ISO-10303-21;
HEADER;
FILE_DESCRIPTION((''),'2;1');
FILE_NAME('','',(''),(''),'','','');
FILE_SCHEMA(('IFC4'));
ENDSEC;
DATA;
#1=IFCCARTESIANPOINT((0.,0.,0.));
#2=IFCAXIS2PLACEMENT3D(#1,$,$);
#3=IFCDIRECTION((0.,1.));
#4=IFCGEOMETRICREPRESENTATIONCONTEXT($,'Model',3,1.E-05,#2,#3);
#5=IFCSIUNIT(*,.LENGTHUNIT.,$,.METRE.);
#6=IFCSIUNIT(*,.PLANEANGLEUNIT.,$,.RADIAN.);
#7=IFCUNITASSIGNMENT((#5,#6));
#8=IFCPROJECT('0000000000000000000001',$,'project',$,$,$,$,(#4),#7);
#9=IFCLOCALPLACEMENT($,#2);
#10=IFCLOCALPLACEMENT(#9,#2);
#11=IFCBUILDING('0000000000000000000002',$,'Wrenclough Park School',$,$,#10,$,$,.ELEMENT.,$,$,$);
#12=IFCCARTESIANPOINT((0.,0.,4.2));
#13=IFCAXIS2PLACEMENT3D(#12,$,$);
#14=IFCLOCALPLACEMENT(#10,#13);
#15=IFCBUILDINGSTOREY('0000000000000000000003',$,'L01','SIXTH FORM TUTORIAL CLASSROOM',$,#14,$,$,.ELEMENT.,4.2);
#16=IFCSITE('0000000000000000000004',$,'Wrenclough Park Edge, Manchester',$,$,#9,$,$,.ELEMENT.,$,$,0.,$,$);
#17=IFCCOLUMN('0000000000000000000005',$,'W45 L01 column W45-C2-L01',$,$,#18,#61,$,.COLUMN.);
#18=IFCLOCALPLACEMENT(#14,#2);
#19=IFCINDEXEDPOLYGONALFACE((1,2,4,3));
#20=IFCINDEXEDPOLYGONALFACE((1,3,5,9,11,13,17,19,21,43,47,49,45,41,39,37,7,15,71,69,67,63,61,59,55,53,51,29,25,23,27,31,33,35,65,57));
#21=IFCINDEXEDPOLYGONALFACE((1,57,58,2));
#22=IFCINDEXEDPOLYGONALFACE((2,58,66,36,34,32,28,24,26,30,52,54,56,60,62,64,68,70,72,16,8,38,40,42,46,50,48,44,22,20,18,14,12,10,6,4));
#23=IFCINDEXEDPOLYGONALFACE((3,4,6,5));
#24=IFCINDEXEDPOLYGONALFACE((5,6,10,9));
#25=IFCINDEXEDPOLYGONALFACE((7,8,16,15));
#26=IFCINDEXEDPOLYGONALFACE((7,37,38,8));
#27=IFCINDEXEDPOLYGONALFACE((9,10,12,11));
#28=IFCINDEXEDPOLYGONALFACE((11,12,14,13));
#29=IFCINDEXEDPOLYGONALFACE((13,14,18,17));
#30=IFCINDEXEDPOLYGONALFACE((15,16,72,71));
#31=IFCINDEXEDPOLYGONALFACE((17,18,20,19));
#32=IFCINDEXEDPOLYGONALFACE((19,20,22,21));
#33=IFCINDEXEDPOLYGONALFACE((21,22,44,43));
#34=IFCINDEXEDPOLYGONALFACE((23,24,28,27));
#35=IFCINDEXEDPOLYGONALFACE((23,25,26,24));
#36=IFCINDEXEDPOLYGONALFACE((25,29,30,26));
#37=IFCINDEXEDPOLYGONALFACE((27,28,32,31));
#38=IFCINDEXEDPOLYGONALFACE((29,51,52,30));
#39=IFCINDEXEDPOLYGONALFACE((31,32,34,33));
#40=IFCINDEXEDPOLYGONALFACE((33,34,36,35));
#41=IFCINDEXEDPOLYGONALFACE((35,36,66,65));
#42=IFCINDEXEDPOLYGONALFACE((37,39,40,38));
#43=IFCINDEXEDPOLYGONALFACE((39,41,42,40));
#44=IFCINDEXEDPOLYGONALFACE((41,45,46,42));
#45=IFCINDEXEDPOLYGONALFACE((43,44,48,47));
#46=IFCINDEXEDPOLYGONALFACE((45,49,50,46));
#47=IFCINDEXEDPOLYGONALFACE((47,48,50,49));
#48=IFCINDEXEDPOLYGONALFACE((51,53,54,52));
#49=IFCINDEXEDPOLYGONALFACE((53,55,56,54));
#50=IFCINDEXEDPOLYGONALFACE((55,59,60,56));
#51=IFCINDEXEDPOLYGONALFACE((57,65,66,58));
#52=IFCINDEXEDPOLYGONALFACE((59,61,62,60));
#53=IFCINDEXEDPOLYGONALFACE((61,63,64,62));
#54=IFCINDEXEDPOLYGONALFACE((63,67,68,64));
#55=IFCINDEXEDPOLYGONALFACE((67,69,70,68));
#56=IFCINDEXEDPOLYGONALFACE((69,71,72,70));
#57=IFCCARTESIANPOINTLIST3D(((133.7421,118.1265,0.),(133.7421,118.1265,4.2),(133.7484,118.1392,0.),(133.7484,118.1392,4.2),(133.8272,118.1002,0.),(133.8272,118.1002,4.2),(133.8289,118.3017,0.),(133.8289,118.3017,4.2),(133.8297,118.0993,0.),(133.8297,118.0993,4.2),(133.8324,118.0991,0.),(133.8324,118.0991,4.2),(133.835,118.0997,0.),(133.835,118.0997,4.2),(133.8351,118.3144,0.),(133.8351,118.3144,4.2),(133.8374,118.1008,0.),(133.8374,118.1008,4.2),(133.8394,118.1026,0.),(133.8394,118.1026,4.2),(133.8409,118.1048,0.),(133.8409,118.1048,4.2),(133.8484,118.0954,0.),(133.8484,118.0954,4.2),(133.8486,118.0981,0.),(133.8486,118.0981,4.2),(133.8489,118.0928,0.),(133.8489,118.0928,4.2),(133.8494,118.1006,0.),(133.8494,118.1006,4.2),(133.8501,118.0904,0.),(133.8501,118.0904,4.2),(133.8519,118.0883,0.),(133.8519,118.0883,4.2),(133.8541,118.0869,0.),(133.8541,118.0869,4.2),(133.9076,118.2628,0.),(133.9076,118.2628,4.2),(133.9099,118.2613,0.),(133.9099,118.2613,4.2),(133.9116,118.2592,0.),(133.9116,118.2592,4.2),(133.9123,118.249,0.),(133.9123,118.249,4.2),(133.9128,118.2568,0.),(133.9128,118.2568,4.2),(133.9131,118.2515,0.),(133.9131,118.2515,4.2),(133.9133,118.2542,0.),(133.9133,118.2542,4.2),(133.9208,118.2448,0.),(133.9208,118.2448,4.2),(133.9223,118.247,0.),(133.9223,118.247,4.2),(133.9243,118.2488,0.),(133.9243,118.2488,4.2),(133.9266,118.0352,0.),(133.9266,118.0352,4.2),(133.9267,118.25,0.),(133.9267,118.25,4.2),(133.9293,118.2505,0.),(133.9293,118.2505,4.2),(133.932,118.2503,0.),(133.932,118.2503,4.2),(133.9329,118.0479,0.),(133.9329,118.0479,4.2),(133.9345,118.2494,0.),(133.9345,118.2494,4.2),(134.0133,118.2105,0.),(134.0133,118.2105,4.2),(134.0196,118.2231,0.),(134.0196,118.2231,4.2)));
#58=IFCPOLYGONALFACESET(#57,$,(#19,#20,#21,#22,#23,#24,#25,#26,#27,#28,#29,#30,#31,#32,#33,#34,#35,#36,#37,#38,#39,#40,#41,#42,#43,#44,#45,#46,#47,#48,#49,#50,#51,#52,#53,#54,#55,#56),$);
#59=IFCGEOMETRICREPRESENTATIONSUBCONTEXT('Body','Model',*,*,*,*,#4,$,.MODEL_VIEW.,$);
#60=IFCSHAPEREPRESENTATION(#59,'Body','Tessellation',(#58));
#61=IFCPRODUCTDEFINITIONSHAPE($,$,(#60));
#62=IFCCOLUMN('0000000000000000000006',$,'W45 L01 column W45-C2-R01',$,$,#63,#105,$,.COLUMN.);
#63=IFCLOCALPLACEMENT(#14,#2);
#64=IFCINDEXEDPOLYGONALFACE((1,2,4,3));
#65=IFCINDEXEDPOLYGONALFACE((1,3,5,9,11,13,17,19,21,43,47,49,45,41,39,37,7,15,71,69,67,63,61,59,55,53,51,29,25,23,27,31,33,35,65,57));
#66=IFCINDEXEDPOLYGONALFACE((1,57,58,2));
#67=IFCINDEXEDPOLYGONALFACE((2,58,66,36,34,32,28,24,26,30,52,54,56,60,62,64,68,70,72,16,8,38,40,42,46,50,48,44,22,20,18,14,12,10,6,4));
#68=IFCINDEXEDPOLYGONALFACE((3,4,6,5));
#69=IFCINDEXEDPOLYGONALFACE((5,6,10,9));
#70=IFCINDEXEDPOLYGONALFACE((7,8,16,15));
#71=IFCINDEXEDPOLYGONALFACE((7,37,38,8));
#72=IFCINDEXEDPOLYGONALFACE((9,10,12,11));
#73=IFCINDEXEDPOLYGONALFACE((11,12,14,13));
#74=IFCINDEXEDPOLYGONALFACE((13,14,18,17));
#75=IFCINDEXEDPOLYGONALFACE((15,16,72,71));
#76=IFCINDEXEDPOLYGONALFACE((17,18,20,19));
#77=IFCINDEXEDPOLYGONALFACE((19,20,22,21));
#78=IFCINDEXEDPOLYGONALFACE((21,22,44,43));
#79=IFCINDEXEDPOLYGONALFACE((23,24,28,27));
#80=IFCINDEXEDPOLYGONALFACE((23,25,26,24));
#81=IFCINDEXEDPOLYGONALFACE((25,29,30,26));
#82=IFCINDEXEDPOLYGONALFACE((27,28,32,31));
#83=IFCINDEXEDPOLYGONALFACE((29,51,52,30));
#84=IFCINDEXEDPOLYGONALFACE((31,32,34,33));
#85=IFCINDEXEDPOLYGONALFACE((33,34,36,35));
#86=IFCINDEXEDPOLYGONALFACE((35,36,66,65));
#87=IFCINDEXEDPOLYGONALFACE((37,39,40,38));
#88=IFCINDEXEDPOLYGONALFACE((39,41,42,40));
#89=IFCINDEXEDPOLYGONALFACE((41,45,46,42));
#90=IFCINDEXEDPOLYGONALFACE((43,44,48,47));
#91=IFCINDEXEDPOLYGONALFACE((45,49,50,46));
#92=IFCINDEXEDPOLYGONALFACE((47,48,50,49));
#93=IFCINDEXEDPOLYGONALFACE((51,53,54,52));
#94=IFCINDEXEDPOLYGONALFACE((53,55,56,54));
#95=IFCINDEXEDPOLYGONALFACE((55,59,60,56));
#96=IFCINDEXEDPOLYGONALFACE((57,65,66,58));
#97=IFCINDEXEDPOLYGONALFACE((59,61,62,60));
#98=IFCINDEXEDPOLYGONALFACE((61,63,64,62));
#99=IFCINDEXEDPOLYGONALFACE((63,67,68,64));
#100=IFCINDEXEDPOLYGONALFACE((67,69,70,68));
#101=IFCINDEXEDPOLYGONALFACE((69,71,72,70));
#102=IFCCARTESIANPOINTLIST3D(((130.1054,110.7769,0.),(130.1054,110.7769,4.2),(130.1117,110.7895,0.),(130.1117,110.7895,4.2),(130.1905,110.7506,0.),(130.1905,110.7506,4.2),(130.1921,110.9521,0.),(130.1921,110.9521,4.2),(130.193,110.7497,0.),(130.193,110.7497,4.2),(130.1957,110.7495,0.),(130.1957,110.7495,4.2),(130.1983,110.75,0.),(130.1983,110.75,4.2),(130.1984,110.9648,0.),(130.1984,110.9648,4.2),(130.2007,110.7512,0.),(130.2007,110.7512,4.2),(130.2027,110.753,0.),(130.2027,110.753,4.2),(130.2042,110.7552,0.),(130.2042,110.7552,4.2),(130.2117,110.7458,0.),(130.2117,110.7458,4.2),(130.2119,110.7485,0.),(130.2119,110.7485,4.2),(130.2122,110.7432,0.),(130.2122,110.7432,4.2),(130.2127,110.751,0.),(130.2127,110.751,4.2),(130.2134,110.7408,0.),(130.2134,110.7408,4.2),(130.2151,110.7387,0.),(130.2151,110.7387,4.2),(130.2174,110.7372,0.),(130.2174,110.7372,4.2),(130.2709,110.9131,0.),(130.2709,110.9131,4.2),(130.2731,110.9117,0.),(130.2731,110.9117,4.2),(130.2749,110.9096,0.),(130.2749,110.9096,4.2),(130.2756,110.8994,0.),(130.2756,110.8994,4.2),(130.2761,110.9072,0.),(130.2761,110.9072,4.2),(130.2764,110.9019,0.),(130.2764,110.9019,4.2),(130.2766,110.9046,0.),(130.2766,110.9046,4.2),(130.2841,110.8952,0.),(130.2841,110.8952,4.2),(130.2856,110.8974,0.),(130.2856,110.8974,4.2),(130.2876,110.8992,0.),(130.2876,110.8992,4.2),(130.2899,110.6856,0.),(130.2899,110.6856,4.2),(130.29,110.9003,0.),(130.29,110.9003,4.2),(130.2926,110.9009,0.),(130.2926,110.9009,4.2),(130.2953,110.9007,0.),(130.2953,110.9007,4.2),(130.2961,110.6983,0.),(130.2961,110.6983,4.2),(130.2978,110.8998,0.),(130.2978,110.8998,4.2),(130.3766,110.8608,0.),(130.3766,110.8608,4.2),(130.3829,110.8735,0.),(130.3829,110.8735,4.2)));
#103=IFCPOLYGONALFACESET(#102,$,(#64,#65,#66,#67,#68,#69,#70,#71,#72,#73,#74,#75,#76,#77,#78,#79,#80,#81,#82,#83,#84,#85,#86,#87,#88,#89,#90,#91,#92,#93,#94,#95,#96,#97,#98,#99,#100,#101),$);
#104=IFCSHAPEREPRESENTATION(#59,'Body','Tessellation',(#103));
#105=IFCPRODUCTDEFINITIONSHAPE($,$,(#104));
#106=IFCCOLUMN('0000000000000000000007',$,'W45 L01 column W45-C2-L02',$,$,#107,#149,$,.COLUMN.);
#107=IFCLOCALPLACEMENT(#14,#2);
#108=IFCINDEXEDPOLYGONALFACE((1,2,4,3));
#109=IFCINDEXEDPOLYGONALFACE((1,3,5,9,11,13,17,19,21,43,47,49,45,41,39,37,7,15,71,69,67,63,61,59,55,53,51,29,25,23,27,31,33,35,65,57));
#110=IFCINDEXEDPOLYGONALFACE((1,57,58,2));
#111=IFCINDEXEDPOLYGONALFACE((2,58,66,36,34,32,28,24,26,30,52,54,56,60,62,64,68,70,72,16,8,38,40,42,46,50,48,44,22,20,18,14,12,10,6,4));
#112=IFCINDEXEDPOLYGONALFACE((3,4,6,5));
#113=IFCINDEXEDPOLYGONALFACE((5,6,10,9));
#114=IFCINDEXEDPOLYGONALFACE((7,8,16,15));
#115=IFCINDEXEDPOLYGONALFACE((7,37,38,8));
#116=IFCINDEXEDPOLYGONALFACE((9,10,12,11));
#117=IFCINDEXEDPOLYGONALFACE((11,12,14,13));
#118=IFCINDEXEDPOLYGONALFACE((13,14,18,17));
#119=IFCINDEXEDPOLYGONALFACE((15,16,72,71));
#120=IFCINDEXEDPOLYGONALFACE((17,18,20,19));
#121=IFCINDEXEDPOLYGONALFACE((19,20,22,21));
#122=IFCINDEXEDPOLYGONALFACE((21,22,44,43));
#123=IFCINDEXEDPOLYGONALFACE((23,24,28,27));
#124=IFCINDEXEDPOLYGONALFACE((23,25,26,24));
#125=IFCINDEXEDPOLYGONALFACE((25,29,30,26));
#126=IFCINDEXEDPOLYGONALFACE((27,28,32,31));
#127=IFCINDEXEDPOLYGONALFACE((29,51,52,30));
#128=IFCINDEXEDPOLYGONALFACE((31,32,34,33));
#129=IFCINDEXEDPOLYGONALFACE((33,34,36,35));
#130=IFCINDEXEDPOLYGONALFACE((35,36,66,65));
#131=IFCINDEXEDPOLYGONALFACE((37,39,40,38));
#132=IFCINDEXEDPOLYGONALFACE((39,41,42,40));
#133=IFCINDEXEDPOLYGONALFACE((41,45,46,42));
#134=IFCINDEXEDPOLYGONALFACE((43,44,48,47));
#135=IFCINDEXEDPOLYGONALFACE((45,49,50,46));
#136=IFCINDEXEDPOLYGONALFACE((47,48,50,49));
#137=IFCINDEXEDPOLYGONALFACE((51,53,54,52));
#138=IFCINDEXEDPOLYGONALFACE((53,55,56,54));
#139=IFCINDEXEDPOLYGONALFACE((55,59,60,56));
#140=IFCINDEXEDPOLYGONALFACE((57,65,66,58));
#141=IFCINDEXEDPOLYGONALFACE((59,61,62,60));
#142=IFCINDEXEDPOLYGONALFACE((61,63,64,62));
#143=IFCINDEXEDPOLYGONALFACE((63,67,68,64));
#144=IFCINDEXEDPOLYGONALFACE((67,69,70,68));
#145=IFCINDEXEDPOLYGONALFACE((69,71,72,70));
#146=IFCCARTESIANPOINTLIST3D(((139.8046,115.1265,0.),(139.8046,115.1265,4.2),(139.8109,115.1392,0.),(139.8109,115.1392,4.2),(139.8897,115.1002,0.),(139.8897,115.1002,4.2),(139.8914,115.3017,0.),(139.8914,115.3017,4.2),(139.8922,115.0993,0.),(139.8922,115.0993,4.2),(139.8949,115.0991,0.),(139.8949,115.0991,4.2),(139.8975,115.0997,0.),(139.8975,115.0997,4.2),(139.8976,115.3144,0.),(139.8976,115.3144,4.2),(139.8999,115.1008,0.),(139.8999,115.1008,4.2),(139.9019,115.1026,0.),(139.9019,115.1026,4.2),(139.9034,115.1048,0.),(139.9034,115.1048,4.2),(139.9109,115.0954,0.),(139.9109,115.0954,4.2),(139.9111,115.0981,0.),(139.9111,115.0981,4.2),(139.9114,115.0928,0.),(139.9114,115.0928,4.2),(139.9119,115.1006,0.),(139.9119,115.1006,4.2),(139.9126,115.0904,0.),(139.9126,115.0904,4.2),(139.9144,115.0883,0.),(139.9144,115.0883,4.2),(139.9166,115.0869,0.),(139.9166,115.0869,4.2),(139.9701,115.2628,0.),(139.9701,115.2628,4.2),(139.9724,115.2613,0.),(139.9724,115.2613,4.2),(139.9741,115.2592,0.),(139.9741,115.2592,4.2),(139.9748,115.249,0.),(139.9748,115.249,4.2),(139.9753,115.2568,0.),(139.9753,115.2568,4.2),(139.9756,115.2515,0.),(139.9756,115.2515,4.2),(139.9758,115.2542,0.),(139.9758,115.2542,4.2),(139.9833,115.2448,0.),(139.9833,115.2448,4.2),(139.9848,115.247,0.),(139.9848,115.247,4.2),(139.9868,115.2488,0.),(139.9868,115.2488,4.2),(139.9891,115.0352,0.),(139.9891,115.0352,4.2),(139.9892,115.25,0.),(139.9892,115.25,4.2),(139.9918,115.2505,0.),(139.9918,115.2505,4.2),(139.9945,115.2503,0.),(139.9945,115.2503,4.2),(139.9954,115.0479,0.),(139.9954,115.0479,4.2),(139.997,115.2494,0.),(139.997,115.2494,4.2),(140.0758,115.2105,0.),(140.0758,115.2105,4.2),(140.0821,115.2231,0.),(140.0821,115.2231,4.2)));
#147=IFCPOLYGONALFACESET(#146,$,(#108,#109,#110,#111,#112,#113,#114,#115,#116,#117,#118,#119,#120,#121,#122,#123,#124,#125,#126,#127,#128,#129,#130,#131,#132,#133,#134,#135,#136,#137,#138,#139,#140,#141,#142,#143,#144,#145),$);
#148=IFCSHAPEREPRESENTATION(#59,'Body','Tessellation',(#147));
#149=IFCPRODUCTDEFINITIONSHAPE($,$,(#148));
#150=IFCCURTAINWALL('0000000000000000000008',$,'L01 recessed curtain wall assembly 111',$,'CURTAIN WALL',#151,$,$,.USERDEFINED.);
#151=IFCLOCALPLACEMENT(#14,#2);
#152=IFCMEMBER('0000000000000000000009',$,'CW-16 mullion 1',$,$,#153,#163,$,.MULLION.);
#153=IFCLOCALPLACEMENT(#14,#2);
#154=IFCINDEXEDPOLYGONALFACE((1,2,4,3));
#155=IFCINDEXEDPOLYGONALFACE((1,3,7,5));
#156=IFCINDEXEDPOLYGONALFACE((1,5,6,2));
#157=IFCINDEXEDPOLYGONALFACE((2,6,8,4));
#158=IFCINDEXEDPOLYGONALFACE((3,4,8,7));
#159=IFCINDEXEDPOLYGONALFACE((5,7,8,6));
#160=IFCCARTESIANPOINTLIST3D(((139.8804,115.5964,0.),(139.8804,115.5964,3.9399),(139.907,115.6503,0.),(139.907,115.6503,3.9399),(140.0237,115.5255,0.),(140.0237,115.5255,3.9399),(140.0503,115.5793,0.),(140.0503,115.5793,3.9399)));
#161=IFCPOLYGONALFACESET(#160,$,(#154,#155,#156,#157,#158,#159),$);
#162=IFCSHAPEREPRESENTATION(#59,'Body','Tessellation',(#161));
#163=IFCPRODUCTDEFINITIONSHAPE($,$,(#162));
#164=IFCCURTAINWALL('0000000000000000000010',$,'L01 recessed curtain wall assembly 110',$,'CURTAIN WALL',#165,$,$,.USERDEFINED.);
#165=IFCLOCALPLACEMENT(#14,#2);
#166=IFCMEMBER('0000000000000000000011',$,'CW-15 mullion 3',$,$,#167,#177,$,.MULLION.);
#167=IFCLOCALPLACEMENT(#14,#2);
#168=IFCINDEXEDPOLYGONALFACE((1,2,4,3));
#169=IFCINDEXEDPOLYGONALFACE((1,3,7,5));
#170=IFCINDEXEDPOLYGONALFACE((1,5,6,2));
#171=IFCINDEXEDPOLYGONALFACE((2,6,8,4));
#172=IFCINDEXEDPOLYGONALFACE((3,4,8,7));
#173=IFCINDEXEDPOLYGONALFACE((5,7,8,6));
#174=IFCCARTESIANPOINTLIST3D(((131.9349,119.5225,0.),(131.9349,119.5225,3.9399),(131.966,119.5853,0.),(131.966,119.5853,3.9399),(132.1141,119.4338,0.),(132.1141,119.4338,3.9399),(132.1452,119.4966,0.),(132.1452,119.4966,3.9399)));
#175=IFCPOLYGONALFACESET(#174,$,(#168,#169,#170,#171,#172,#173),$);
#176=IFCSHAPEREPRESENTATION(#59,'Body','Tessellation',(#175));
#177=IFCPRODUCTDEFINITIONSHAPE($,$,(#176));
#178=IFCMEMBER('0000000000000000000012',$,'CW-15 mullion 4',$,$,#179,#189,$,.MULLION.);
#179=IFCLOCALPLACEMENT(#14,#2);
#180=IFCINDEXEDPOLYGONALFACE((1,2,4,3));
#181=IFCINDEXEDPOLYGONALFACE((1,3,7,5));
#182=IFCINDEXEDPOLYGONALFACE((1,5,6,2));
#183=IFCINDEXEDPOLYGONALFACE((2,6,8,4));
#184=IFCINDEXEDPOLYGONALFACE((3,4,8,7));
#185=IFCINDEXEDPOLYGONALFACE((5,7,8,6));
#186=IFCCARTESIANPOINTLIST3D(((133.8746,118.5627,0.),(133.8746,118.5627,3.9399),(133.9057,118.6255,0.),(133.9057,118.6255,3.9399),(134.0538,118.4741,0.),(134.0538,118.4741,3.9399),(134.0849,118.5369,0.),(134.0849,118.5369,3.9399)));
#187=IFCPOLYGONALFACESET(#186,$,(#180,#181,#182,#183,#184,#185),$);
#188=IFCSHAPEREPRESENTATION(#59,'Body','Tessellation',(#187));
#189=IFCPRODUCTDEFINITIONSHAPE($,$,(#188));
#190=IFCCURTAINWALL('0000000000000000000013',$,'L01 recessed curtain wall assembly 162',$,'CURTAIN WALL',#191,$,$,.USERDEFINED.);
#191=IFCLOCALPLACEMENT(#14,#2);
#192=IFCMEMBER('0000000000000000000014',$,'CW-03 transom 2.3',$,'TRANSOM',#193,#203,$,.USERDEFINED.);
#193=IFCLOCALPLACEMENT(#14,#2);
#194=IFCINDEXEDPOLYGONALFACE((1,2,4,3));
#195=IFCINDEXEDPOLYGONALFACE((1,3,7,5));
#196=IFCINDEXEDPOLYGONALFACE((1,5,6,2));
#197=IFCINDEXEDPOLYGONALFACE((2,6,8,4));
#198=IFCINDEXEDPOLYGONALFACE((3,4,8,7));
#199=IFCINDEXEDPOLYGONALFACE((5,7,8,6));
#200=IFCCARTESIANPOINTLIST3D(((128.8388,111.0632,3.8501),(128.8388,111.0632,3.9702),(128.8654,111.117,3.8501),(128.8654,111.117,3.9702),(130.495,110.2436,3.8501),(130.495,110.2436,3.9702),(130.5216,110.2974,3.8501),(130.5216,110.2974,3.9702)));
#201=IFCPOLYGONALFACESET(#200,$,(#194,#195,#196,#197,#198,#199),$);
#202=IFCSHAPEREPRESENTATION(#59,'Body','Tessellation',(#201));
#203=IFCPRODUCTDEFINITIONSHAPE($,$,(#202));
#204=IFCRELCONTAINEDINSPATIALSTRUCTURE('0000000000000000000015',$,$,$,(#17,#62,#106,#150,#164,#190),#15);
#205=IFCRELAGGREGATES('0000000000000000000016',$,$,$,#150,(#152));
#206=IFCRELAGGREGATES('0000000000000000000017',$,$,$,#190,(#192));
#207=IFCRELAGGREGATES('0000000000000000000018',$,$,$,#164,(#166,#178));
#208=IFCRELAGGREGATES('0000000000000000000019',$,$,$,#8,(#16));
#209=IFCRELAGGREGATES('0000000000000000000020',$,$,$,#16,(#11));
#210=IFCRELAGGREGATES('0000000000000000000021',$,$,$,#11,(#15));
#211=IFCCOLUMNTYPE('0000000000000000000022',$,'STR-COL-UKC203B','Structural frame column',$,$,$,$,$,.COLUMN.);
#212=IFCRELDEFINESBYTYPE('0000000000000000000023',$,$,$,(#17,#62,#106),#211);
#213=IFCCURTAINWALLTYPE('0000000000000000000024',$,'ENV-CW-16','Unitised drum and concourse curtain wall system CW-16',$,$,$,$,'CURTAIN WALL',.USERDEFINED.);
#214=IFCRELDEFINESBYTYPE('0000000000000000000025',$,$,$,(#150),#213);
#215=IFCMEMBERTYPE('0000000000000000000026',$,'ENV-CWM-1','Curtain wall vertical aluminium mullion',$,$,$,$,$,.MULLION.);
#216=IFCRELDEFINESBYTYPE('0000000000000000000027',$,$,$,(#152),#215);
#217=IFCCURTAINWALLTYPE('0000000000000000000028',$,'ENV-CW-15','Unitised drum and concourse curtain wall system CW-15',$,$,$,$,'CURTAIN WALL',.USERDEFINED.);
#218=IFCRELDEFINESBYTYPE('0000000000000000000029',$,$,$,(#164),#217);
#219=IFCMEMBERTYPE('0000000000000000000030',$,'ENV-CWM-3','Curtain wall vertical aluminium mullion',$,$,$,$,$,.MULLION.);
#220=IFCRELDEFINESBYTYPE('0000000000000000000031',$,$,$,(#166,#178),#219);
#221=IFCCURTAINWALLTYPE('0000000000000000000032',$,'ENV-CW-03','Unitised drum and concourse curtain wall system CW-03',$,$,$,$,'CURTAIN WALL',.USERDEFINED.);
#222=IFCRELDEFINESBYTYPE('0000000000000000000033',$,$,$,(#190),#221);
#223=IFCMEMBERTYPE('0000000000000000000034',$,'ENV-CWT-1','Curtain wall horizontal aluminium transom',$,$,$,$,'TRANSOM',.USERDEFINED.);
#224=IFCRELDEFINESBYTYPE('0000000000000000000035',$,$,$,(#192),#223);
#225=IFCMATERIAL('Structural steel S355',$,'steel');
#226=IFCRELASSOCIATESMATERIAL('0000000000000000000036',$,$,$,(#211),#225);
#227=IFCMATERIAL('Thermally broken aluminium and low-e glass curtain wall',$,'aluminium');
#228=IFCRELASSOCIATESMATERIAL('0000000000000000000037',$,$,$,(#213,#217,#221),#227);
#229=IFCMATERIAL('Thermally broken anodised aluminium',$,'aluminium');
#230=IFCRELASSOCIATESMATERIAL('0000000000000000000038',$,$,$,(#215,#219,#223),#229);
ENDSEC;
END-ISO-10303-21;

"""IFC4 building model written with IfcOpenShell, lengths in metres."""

from ifc_helpers import new_model, si_unit, direction, frame, origin, origin_2d, place, context, subcontext, project, spatial, rectangle, i_section, extrude, material, material_profile, profile_set, type_object, element, aggregate, save


model = new_model("IFC4")

# Units and contexts
model_context = context("Model", 3, precision=1e-05, world=origin(), true_north=direction((0.0, 1.0)))
body_context = subcontext(model_context, "Body", "Model", "MODEL_VIEW")
ifc_project = project(units=[si_unit("LENGTHUNIT", "METRE"), si_unit("PLANEANGLEUNIT", "RADIAN")], contexts=[model_context])

# Site, building, storey
site_placement = place(None, origin())
site = spatial("IfcSite", under=ifc_project, at=site_placement, Name="Wrenclough Park Edge, Manchester", CompositionType="ELEMENT", RefElevation=0.0)
building_placement = place(site_placement, origin())
building = spatial("IfcBuilding", under=site, at=building_placement, Name="Wrenclough Park School", CompositionType="ELEMENT")
storey_placement = place(building_placement, frame((0.0, 0.0, 4.2)))
storey = spatial("IfcBuildingStorey", under=building, at=storey_placement, Name="L01", Description="SIXTH FORM TUTORIAL CLASSROOM", CompositionType="ELEMENT", Elevation=4.2)

# Columns
ifc_material_1 = material(Name="Structural steel S355", Category="steel")
ifc_material_profile_1 = material_profile(ifc_material_1, i_section(OverallWidth=0.2058, OverallDepth=0.2097, WebThickness=0.0095, FlangeThickness=0.0142, FilletRadius=0.0103, at=origin_2d()), Name="UKC 203x203x60")
ifc_profile_set_1 = profile_set([ifc_material_profile_1], Name="Structural steel S355")
column_type = type_object("IfcColumnType", Name="STR-COL-UKC203B", Description="Structural frame column", PredefinedType="COLUMN", material=ifc_profile_set_1)
for number, where, z_axis, x_axis, name in (
    (1, (133.8809, 118.1748, 0.0), (0.0, 0.0, 1.0), (0.896254, -0.443541, 0.0), "W45 L01 column W45-C2-L01"),
    (2, (130.2441, 110.8252, 0.0), (0.0, 0.0, 1.0), (0.896254, -0.443541, 0.0), "W45 L01 column W45-C2-R01"),
    (3, (139.9434, 115.1748, 0.0), (0.0, 0.0, 1.0), (0.896254, -0.443541, 0.0), "W45 L01 column W45-C2-L02"),
):
    element("IfcColumn", number, at=place(storey_placement, frame(where, z_axis=z_axis, x_axis=x_axis)), inside=storey, type_object=column_type, Name=name, PredefinedType="COLUMN", context=body_context, shape_type="SweptSolid", body=[
        extrude(i_section(OverallWidth=0.2058, OverallDepth=0.2097, WebThickness=0.0095, FlangeThickness=0.0142, FilletRadius=0.0103, at=origin_2d()), origin(), (0.0, 0.0, 1.0), 4.2),
    ])

# Curtain wall, member
ifc_material_2 = material(Name="Thermally broken aluminium and low-e glass curtain wall", Category="aluminium")
curtain_wall_type_1 = type_object("IfcCurtainWallType", Name="ENV-CW-16", Description="Unitised drum and concourse curtain wall system CW-16", ElementType="CURTAIN WALL", PredefinedType="USERDEFINED", material=ifc_material_2)
curtain_wall_1_placement = place(storey_placement, origin())
curtain_wall_1 = element("IfcCurtainWall", 4, at=curtain_wall_1_placement, inside=storey, type_object=curtain_wall_type_1, Name="L01 recessed curtain wall assembly 111", ObjectType="CURTAIN WALL", PredefinedType="USERDEFINED")
ifc_material_3 = material(Name="Thermally broken anodised aluminium", Category="aluminium")
ifc_material_profile_2 = material_profile(ifc_material_3, rectangle(XDim=0.0601, YDim=0.1599, at=origin_2d()), Name="AL MULLION 60x160")
ifc_profile_set_2 = profile_set([ifc_material_profile_2], Name="Thermally broken anodised aluminium")
member_type_1 = type_object("IfcMemberType", Name="ENV-CWM-1", Description="Curtain wall vertical aluminium mullion", PredefinedType="MULLION", material=ifc_profile_set_2)
member_1_placement = place(storey_placement, frame((139.9653, 115.5879, 0.0), z_axis=(0.0, 0.0, 1.0), x_axis=(0.443511, 0.896269, 0.0)))
member_1 = element("IfcMember", 5, at=member_1_placement, type_object=member_type_1, Name="CW-16 mullion 1", PredefinedType="MULLION", context=body_context, shape_type="SweptSolid", body=[
    extrude(rectangle(XDim=0.0601, YDim=0.1599, at=origin_2d()), origin(), (0.0, 0.0, 1.0), 3.9399),
])
aggregate(curtain_wall_1, [member_1])

# Curtain wall, members
curtain_wall_type_2 = type_object("IfcCurtainWallType", Name="ENV-CW-15", Description="Unitised drum and concourse curtain wall system CW-15", ElementType="CURTAIN WALL", PredefinedType="USERDEFINED", material=ifc_material_2)
curtain_wall_2_placement = place(storey_placement, origin())
curtain_wall_2 = element("IfcCurtainWall", 6, at=curtain_wall_2_placement, inside=storey, type_object=curtain_wall_type_2, Name="L01 recessed curtain wall assembly 110", ObjectType="CURTAIN WALL", PredefinedType="USERDEFINED")
ifc_material_profile_3 = material_profile(ifc_material_3, rectangle(XDim=0.0701, YDim=0.2, at=origin_2d()), Name="AL MULLION 70x200")
ifc_profile_set_3 = profile_set([ifc_material_profile_3], Name="Thermally broken anodised aluminium")
member_type_2 = type_object("IfcMemberType", Name="ENV-CWM-3", Description="Curtain wall vertical aluminium mullion", PredefinedType="MULLION", material=ifc_profile_set_3)
member_2_placement = place(storey_placement, frame((132.04, 119.5095, 0.0), z_axis=(0.0, 0.0, 1.0), x_axis=(0.443511, 0.896269, 0.0)))
member_2 = element("IfcMember", 7, at=member_2_placement, type_object=member_type_2, Name="CW-15 mullion 3", PredefinedType="MULLION", context=body_context, shape_type="SweptSolid", body=[
    extrude(rectangle(XDim=0.0701, YDim=0.2, at=origin_2d()), origin(), (0.0, 0.0, 1.0), 3.9399),
])
member_3_placement = place(storey_placement, frame((133.9797, 118.5498, 0.0), z_axis=(0.0, 0.0, 1.0), x_axis=(0.443511, 0.896269, 0.0)))
member_3 = element("IfcMember", 8, at=member_3_placement, type_object=member_type_2, Name="CW-15 mullion 4", PredefinedType="MULLION", context=body_context, shape_type="SweptSolid", body=[
    extrude(rectangle(XDim=0.0701, YDim=0.2, at=origin_2d()), origin(), (0.0, 0.0, 1.0), 3.9399),
])

# Curtain wall, member
curtain_wall_type_3 = type_object("IfcCurtainWallType", Name="ENV-CW-03", Description="Unitised drum and concourse curtain wall system CW-03", ElementType="CURTAIN WALL", PredefinedType="USERDEFINED", material=ifc_material_2)
curtain_wall_3_placement = place(storey_placement, origin())
curtain_wall_3 = element("IfcCurtainWall", 9, at=curtain_wall_3_placement, inside=storey, type_object=curtain_wall_type_3, Name="L01 recessed curtain wall assembly 162", ObjectType="CURTAIN WALL", PredefinedType="USERDEFINED")
ifc_material_profile_4 = material_profile(ifc_material_3, rectangle(XDim=0.0601, YDim=0.1201, at=origin_2d()), Name="AL TRANSOM 60x120")
ifc_profile_set_4 = profile_set([ifc_material_profile_4], Name="Thermally broken anodised aluminium")
member_type_3 = type_object("IfcMemberType", Name="ENV-CWT-1", Description="Curtain wall horizontal aluminium transom", ElementType="TRANSOM", PredefinedType="USERDEFINED", material=ifc_profile_set_4)
member_4_placement = place(storey_placement, frame((130.5083, 110.2705, 3.9102), z_axis=(-0.896269, 0.443511, 0.0), x_axis=(-0.443511, -0.896269, 0.0)))
member_4 = element("IfcMember", 10, at=member_4_placement, type_object=member_type_3, Name="CW-03 transom 2.3", ObjectType="TRANSOM", PredefinedType="USERDEFINED", context=body_context, shape_type="SweptSolid", body=[
    extrude(rectangle(XDim=0.0601, YDim=0.1201, at=origin_2d()), origin(), (0.0, 0.0, 1.0), 1.8479),
])
aggregate(curtain_wall_3, [member_4])

aggregate(curtain_wall_2, [member_2, member_3])

save(model, "model.ifc")
